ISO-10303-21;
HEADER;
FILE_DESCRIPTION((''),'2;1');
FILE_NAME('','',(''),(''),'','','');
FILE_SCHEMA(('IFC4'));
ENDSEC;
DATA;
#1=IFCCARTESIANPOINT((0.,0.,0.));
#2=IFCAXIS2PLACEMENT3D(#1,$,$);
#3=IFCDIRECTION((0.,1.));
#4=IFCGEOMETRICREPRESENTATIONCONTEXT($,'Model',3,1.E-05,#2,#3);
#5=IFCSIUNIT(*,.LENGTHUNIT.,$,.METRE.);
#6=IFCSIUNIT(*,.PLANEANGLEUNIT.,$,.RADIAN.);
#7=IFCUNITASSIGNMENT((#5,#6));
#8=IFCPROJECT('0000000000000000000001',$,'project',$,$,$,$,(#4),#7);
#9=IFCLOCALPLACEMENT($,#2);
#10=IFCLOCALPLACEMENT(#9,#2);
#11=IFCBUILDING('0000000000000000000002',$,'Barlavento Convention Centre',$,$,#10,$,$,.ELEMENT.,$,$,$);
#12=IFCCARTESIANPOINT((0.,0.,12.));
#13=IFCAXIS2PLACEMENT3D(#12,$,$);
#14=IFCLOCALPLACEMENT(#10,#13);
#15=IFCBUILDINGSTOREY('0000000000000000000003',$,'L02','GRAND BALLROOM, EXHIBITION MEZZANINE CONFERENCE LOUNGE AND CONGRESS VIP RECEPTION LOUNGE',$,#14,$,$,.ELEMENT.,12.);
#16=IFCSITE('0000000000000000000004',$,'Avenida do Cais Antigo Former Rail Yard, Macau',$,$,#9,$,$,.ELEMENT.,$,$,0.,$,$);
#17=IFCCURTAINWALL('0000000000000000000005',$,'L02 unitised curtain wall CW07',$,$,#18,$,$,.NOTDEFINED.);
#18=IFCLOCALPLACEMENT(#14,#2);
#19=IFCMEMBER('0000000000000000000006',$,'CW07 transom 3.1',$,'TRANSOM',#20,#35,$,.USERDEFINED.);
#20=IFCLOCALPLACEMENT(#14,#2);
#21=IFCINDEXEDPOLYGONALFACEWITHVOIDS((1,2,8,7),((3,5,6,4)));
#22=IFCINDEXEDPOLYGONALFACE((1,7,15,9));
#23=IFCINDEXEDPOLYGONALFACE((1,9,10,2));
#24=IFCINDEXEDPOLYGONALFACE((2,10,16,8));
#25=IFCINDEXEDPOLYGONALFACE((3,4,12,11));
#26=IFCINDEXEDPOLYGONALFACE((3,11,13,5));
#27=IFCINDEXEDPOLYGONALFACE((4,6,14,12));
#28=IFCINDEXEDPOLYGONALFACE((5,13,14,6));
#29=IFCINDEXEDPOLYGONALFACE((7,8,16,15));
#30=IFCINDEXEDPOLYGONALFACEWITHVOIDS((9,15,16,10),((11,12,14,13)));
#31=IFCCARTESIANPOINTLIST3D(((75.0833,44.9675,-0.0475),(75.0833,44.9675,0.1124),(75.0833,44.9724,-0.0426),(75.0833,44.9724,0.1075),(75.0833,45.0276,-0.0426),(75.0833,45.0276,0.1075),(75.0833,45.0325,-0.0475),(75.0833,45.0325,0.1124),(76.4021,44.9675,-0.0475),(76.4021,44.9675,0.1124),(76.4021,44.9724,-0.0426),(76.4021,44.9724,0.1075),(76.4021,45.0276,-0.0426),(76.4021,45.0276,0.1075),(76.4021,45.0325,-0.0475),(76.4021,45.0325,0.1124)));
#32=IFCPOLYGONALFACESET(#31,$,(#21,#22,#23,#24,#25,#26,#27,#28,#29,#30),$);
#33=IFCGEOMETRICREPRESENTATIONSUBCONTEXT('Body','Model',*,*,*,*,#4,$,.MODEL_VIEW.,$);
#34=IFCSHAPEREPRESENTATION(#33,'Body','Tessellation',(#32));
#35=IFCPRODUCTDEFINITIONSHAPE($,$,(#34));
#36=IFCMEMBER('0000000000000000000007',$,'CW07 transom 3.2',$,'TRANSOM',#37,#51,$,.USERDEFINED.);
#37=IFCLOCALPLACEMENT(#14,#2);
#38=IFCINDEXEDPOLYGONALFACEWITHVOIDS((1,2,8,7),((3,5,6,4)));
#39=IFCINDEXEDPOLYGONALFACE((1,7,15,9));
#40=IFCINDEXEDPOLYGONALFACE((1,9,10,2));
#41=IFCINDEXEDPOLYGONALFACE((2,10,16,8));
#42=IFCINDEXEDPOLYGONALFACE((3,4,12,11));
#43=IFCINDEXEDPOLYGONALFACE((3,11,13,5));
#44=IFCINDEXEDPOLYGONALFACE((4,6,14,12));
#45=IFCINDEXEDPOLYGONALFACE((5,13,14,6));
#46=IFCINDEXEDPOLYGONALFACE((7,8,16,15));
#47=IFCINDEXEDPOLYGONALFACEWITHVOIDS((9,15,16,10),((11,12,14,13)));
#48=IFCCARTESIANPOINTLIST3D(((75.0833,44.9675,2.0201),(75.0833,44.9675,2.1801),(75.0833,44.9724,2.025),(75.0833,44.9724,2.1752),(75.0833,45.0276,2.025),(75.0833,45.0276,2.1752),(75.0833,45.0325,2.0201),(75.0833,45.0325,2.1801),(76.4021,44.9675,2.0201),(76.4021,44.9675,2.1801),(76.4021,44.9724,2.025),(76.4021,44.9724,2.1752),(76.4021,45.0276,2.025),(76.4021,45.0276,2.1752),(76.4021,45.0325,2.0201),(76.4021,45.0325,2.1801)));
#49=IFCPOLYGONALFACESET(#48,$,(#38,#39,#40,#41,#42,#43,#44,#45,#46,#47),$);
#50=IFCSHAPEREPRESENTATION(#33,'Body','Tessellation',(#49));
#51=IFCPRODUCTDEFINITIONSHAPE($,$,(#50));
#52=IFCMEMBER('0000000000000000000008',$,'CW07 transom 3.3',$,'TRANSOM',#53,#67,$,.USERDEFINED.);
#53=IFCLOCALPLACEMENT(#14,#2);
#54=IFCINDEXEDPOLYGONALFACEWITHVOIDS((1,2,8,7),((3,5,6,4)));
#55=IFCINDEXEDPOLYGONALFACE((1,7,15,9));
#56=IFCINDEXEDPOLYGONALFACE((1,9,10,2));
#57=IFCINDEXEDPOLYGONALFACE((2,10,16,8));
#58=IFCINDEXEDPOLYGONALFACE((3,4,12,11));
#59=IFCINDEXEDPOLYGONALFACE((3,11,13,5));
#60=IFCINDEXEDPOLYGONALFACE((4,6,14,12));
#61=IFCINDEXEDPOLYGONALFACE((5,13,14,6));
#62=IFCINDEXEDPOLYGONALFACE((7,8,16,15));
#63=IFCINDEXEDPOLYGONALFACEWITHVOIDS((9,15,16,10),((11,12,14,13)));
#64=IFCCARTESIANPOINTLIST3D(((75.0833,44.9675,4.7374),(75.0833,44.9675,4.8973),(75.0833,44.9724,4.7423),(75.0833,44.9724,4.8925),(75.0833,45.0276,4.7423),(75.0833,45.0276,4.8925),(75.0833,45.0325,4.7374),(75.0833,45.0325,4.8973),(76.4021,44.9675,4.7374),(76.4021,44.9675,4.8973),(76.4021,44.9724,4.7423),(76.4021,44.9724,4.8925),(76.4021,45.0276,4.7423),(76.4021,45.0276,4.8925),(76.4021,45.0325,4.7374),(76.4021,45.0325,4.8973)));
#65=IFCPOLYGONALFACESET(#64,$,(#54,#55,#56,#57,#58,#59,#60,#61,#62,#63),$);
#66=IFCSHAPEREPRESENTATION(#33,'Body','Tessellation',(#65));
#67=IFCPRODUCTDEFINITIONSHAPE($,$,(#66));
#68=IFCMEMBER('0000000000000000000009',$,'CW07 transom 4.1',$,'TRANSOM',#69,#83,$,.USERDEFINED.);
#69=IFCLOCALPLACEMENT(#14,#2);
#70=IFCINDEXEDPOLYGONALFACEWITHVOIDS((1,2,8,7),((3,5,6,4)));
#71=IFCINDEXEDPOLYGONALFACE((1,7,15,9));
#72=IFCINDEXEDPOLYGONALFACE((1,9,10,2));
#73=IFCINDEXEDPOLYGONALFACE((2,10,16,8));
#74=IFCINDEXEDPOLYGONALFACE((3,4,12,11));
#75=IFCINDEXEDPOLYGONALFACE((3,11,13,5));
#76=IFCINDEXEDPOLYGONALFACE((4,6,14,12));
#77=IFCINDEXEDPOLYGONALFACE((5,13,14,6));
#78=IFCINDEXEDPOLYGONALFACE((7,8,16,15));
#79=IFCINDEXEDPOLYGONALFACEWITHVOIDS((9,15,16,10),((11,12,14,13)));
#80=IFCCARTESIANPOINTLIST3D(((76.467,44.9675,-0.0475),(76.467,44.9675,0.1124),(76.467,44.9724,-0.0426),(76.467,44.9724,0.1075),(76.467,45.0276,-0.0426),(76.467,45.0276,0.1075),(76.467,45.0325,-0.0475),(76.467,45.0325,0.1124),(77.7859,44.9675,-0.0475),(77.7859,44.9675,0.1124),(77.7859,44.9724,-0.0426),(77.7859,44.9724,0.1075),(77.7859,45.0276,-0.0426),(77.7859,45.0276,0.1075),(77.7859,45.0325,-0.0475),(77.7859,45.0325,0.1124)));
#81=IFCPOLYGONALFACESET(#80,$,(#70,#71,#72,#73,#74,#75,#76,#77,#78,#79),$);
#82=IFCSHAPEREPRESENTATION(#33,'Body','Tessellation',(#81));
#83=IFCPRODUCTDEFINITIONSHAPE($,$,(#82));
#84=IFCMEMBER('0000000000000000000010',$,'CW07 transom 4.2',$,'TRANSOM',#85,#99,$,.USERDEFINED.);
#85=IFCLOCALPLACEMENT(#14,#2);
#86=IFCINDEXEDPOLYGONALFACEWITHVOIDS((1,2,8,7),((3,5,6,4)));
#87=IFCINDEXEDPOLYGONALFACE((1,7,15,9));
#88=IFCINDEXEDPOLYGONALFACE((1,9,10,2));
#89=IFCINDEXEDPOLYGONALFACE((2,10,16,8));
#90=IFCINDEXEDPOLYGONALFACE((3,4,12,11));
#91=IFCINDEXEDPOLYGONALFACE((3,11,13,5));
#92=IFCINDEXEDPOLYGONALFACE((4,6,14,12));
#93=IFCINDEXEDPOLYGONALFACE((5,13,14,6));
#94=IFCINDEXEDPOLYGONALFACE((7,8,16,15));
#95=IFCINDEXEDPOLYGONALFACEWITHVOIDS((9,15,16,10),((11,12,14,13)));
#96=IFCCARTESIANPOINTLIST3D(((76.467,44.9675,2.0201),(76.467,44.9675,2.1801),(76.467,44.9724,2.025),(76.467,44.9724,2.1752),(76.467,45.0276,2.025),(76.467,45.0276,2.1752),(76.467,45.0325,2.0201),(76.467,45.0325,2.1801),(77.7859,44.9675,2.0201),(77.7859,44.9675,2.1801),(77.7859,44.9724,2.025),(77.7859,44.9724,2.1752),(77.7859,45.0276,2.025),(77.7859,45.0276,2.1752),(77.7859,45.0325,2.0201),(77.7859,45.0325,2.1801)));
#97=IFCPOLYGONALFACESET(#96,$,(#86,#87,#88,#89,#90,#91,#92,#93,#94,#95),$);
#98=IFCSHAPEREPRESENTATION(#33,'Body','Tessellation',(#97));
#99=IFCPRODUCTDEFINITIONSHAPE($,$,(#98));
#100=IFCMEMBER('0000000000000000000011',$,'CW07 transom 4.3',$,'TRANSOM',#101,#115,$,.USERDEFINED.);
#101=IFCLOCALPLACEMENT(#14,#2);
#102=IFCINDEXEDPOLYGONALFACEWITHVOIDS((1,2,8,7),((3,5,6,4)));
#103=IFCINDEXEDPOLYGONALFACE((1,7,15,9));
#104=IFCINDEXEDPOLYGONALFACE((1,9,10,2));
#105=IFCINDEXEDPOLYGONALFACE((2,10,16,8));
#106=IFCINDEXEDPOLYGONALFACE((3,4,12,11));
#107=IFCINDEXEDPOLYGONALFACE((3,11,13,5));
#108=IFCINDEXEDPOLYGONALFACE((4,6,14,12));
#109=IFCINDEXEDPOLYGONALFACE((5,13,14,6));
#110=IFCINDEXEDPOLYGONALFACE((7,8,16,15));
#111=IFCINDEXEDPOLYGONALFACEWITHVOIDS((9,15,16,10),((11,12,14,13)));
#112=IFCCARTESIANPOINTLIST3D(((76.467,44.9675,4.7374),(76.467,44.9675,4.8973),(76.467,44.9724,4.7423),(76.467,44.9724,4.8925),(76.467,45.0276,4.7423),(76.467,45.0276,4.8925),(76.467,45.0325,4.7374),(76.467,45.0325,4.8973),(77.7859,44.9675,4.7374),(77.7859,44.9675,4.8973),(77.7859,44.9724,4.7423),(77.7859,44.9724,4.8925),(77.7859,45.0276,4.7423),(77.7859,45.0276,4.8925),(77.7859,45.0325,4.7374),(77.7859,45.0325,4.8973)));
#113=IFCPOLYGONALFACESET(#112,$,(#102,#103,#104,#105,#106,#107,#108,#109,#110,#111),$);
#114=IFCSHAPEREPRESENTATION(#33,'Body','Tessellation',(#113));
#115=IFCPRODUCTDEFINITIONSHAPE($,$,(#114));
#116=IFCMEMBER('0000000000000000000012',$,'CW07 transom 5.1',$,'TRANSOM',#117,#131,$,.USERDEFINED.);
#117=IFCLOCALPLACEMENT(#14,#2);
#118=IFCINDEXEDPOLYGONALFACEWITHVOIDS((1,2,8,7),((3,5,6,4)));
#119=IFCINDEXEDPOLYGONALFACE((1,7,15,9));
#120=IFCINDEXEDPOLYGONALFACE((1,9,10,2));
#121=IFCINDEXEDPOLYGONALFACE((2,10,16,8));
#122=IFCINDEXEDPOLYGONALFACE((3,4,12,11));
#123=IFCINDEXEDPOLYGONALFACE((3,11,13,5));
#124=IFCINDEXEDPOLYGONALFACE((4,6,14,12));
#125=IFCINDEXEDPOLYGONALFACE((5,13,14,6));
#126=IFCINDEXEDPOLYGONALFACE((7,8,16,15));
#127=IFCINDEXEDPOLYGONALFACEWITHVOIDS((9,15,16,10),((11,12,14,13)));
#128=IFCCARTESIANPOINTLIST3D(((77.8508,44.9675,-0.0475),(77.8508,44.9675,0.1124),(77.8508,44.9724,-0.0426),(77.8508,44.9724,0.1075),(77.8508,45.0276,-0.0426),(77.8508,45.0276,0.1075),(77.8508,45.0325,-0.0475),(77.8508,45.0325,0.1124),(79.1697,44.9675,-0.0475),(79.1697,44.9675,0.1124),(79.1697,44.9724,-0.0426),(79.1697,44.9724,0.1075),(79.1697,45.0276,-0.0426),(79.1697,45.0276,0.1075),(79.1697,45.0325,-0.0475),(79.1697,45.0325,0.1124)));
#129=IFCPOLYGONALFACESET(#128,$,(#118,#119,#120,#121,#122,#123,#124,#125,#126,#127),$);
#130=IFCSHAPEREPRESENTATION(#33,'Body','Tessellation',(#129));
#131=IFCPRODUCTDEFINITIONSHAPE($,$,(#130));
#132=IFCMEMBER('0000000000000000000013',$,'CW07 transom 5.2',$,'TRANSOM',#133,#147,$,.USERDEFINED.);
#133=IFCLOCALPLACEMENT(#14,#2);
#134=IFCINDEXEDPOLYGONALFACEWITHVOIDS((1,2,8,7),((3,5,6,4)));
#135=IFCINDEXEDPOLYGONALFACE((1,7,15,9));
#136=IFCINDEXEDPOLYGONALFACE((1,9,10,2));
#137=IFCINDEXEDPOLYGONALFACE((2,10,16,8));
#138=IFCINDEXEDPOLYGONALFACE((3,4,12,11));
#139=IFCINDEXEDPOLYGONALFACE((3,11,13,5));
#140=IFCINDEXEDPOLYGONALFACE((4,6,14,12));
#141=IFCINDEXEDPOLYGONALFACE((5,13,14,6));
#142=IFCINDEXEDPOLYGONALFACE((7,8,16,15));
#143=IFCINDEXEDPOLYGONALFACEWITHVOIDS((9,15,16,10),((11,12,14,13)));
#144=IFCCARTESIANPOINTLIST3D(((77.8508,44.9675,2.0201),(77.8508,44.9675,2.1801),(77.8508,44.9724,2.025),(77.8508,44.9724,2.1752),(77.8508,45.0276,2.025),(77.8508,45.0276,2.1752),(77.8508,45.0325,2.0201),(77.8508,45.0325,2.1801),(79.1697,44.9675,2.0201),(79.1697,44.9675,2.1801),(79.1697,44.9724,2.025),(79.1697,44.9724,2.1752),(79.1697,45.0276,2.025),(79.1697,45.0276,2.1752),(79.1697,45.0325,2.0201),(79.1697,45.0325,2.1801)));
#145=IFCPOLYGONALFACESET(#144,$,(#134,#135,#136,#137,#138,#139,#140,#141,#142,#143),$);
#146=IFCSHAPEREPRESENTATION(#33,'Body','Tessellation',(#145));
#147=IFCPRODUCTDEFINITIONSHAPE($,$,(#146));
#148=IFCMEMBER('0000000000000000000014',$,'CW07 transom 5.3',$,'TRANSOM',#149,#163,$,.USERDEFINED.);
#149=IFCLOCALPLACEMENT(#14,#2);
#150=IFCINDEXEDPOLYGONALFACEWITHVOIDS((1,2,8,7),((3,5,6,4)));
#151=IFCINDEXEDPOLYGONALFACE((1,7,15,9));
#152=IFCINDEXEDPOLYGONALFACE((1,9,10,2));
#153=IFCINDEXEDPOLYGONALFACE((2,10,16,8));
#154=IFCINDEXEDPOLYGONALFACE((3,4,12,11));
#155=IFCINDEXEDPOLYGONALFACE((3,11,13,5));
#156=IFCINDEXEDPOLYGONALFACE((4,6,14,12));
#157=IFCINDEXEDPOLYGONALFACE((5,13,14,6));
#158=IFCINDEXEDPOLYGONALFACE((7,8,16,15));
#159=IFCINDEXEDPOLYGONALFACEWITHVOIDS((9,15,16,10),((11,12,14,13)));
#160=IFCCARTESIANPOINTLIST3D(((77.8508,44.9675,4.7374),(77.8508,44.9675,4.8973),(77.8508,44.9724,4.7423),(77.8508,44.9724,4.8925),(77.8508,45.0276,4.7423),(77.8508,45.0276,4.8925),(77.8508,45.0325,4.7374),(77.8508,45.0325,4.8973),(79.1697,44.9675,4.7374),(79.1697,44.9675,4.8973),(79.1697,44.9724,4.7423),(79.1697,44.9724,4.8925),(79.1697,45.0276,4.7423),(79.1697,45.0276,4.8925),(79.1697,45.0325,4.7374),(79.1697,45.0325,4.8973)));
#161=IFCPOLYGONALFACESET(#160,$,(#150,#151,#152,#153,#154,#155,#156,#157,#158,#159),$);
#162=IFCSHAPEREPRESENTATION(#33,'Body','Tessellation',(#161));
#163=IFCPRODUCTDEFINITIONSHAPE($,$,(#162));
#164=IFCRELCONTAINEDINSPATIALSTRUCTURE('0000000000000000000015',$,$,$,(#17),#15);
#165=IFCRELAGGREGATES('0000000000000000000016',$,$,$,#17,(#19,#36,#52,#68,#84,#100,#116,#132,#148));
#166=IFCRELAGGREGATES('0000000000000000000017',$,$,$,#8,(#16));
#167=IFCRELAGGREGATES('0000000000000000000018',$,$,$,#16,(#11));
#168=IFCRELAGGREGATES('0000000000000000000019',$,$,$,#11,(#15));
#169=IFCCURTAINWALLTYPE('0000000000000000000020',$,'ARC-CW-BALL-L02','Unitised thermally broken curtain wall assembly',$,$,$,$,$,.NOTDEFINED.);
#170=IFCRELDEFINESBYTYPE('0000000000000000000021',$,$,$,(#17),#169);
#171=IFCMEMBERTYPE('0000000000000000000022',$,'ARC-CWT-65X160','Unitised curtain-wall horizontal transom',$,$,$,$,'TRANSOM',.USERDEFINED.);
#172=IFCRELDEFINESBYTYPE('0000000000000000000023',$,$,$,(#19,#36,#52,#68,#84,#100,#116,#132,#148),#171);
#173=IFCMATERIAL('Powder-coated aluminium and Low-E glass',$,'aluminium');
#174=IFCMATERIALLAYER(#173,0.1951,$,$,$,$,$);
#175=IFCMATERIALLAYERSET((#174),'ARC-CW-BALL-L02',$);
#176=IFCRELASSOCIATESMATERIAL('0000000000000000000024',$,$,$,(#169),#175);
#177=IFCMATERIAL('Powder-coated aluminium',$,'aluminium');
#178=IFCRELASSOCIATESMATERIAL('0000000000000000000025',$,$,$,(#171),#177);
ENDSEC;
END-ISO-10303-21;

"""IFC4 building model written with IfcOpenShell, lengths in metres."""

from ifc_helpers import new_model, si_unit, direction, frame, origin, origin_2d, place, context, subcontext, project, spatial, hollow_rectangle, extrude, material, layer, layer_set, material_profile, profile_set, type_object, element, aggregate, save


model = new_model("IFC4")

# Units and contexts
model_context = context("Model", 3, precision=1e-05, world=origin(), true_north=direction((0.0, 1.0)))
body_context = subcontext(model_context, "Body", "Model", "MODEL_VIEW")
ifc_project = project(units=[si_unit("LENGTHUNIT", "METRE"), si_unit("PLANEANGLEUNIT", "RADIAN")], contexts=[model_context])

# Site, building, storey
site_placement = place(None, origin())
site = spatial("IfcSite", under=ifc_project, at=site_placement, Name="Avenida do Cais Antigo Former Rail Yard, Macau", CompositionType="ELEMENT", RefElevation=0.0)
building_placement = place(site_placement, origin())
building = spatial("IfcBuilding", under=site, at=building_placement, Name="Barlavento Convention Centre", CompositionType="ELEMENT")
storey_placement = place(building_placement, frame((0.0, 0.0, 12.0)))
storey = spatial("IfcBuildingStorey", under=building, at=storey_placement, Name="L02", Description="GRAND BALLROOM, EXHIBITION MEZZANINE CONFERENCE LOUNGE AND CONGRESS VIP RECEPTION LOUNGE", CompositionType="ELEMENT", Elevation=12.0)

# Curtain wall, members
ifc_material_1 = material(Name="Powder-coated aluminium and Low-E glass", Category="aluminium")
ifc_layer_1 = layer(ifc_material_1, 0.1951)
ifc_layer_set_1 = layer_set([ifc_layer_1], Name="ARC-CW-BALL-L02")
curtain_wall_type = type_object("IfcCurtainWallType", Name="ARC-CW-BALL-L02", Description="Unitised thermally broken curtain wall assembly", PredefinedType="NOTDEFINED", material=ifc_layer_set_1)
curtain_wall_placement = place(storey_placement, origin())
curtain_wall = element("IfcCurtainWall", 1, at=curtain_wall_placement, inside=storey, type_object=curtain_wall_type, Name="L02 unitised curtain wall CW07", PredefinedType="NOTDEFINED")
ifc_material_2 = material(Name="Powder-coated aluminium", Category="aluminium")
ifc_material_profile_1 = material_profile(ifc_material_2, hollow_rectangle(XDim=0.0649, YDim=0.1599, WallThickness=0.0049, at=origin_2d()), Name="AL-TRAN 65x160x5")
ifc_profile_set_1 = profile_set([ifc_material_profile_1], Name="Powder-coated aluminium")
member_type_1 = type_object("IfcMemberType", Name="ARC-CWT-65X160", Description="Unitised curtain-wall horizontal transom", ElementType="TRANSOM", PredefinedType="USERDEFINED", material=ifc_profile_set_1)
member_1_placement = place(storey_placement, frame((75.0833, 45.0, 0.0325), z_axis=(1.0, 0.0, 0.0), x_axis=(0.0, 1.0, 0.0)))
member_1 = element("IfcMember", 2, at=member_1_placement, type_object=member_type_1, Name="CW07 transom 3.1", ObjectType="TRANSOM", PredefinedType="USERDEFINED", context=body_context, shape_type="SweptSolid", body=[
    extrude(hollow_rectangle(XDim=0.0649, YDim=0.1599, WallThickness=0.0049, at=origin_2d()), origin(), (0.0, 0.0, 1.0), 1.3188),
])
member_2_placement = place(storey_placement, frame((75.0833, 45.0, 2.1001), z_axis=(1.0, 0.0, 0.0), x_axis=(0.0, 1.0, 0.0)))
member_2 = element("IfcMember", 3, at=member_2_placement, type_object=member_type_1, Name="CW07 transom 3.2", ObjectType="TRANSOM", PredefinedType="USERDEFINED", context=body_context, shape_type="SweptSolid", body=[
    extrude(hollow_rectangle(XDim=0.0649, YDim=0.1599, WallThickness=0.0049, at=origin_2d()), origin(), (0.0, 0.0, 1.0), 1.3188),
])
member_3_placement = place(storey_placement, frame((75.0833, 45.0, 4.8174), z_axis=(1.0, 0.0, 0.0), x_axis=(0.0, 1.0, 0.0)))
member_3 = element("IfcMember", 4, at=member_3_placement, type_object=member_type_1, Name="CW07 transom 3.3", ObjectType="TRANSOM", PredefinedType="USERDEFINED", context=body_context, shape_type="SweptSolid", body=[
    extrude(hollow_rectangle(XDim=0.0649, YDim=0.1599, WallThickness=0.0049, at=origin_2d()), origin(), (0.0, 0.0, 1.0), 1.3188),
])
member_4_placement = place(storey_placement, frame((76.467, 45.0, 0.0325), z_axis=(1.0, 0.0, 0.0), x_axis=(0.0, 1.0, 0.0)))
member_4 = element("IfcMember", 5, at=member_4_placement, type_object=member_type_1, Name="CW07 transom 4.1", ObjectType="TRANSOM", PredefinedType="USERDEFINED", context=body_context, shape_type="SweptSolid", body=[
    extrude(hollow_rectangle(XDim=0.0649, YDim=0.1599, WallThickness=0.0049, at=origin_2d()), origin(), (0.0, 0.0, 1.0), 1.3188),
])
member_5_placement = place(storey_placement, frame((76.467, 45.0, 2.1001), z_axis=(1.0, 0.0, 0.0), x_axis=(0.0, 1.0, 0.0)))
member_5 = element("IfcMember", 6, at=member_5_placement, type_object=member_type_1, Name="CW07 transom 4.2", ObjectType="TRANSOM", PredefinedType="USERDEFINED", context=body_context, shape_type="SweptSolid", body=[
    extrude(hollow_rectangle(XDim=0.0649, YDim=0.1599, WallThickness=0.0049, at=origin_2d()), origin(), (0.0, 0.0, 1.0), 1.3188),
])
member_6_placement = place(storey_placement, frame((76.467, 45.0, 4.8174), z_axis=(1.0, 0.0, 0.0), x_axis=(0.0, 1.0, 0.0)))
member_6 = element("IfcMember", 7, at=member_6_placement, type_object=member_type_1, Name="CW07 transom 4.3", ObjectType="TRANSOM", PredefinedType="USERDEFINED", context=body_context, shape_type="SweptSolid", body=[
    extrude(hollow_rectangle(XDim=0.0649, YDim=0.1599, WallThickness=0.0049, at=origin_2d()), origin(), (0.0, 0.0, 1.0), 1.3188),
])
member_7_placement = place(storey_placement, frame((77.8508, 45.0, 0.0325), z_axis=(1.0, 0.0, 0.0), x_axis=(0.0, 1.0, 0.0)))
member_7 = element("IfcMember", 8, at=member_7_placement, type_object=member_type_1, Name="CW07 transom 5.1", ObjectType="TRANSOM", PredefinedType="USERDEFINED", context=body_context, shape_type="SweptSolid", body=[
    extrude(hollow_rectangle(XDim=0.0649, YDim=0.1599, WallThickness=0.0049, at=origin_2d()), origin(), (0.0, 0.0, 1.0), 1.3188),
])
member_8_placement = place(storey_placement, frame((77.8508, 45.0, 2.1001), z_axis=(1.0, 0.0, 0.0), x_axis=(0.0, 1.0, 0.0)))
member_8 = element("IfcMember", 9, at=member_8_placement, type_object=member_type_1, Name="CW07 transom 5.2", ObjectType="TRANSOM", PredefinedType="USERDEFINED", context=body_context, shape_type="SweptSolid", body=[
    extrude(hollow_rectangle(XDim=0.0649, YDim=0.1599, WallThickness=0.0049, at=origin_2d()), origin(), (0.0, 0.0, 1.0), 1.3188),
])
member_9_placement = place(storey_placement, frame((77.8508, 45.0, 4.8174), z_axis=(1.0, 0.0, 0.0), x_axis=(0.0, 1.0, 0.0)))
member_9 = element("IfcMember", 10, at=member_9_placement, type_object=member_type_1, Name="CW07 transom 5.3", ObjectType="TRANSOM", PredefinedType="USERDEFINED", context=body_context, shape_type="SweptSolid", body=[
    extrude(hollow_rectangle(XDim=0.0649, YDim=0.1599, WallThickness=0.0049, at=origin_2d()), origin(), (0.0, 0.0, 1.0), 1.3188),
])

aggregate(curtain_wall, [member_1, member_2, member_3, member_4, member_5, member_6, member_7, member_8, member_9])

save(model, "model.ifc")
